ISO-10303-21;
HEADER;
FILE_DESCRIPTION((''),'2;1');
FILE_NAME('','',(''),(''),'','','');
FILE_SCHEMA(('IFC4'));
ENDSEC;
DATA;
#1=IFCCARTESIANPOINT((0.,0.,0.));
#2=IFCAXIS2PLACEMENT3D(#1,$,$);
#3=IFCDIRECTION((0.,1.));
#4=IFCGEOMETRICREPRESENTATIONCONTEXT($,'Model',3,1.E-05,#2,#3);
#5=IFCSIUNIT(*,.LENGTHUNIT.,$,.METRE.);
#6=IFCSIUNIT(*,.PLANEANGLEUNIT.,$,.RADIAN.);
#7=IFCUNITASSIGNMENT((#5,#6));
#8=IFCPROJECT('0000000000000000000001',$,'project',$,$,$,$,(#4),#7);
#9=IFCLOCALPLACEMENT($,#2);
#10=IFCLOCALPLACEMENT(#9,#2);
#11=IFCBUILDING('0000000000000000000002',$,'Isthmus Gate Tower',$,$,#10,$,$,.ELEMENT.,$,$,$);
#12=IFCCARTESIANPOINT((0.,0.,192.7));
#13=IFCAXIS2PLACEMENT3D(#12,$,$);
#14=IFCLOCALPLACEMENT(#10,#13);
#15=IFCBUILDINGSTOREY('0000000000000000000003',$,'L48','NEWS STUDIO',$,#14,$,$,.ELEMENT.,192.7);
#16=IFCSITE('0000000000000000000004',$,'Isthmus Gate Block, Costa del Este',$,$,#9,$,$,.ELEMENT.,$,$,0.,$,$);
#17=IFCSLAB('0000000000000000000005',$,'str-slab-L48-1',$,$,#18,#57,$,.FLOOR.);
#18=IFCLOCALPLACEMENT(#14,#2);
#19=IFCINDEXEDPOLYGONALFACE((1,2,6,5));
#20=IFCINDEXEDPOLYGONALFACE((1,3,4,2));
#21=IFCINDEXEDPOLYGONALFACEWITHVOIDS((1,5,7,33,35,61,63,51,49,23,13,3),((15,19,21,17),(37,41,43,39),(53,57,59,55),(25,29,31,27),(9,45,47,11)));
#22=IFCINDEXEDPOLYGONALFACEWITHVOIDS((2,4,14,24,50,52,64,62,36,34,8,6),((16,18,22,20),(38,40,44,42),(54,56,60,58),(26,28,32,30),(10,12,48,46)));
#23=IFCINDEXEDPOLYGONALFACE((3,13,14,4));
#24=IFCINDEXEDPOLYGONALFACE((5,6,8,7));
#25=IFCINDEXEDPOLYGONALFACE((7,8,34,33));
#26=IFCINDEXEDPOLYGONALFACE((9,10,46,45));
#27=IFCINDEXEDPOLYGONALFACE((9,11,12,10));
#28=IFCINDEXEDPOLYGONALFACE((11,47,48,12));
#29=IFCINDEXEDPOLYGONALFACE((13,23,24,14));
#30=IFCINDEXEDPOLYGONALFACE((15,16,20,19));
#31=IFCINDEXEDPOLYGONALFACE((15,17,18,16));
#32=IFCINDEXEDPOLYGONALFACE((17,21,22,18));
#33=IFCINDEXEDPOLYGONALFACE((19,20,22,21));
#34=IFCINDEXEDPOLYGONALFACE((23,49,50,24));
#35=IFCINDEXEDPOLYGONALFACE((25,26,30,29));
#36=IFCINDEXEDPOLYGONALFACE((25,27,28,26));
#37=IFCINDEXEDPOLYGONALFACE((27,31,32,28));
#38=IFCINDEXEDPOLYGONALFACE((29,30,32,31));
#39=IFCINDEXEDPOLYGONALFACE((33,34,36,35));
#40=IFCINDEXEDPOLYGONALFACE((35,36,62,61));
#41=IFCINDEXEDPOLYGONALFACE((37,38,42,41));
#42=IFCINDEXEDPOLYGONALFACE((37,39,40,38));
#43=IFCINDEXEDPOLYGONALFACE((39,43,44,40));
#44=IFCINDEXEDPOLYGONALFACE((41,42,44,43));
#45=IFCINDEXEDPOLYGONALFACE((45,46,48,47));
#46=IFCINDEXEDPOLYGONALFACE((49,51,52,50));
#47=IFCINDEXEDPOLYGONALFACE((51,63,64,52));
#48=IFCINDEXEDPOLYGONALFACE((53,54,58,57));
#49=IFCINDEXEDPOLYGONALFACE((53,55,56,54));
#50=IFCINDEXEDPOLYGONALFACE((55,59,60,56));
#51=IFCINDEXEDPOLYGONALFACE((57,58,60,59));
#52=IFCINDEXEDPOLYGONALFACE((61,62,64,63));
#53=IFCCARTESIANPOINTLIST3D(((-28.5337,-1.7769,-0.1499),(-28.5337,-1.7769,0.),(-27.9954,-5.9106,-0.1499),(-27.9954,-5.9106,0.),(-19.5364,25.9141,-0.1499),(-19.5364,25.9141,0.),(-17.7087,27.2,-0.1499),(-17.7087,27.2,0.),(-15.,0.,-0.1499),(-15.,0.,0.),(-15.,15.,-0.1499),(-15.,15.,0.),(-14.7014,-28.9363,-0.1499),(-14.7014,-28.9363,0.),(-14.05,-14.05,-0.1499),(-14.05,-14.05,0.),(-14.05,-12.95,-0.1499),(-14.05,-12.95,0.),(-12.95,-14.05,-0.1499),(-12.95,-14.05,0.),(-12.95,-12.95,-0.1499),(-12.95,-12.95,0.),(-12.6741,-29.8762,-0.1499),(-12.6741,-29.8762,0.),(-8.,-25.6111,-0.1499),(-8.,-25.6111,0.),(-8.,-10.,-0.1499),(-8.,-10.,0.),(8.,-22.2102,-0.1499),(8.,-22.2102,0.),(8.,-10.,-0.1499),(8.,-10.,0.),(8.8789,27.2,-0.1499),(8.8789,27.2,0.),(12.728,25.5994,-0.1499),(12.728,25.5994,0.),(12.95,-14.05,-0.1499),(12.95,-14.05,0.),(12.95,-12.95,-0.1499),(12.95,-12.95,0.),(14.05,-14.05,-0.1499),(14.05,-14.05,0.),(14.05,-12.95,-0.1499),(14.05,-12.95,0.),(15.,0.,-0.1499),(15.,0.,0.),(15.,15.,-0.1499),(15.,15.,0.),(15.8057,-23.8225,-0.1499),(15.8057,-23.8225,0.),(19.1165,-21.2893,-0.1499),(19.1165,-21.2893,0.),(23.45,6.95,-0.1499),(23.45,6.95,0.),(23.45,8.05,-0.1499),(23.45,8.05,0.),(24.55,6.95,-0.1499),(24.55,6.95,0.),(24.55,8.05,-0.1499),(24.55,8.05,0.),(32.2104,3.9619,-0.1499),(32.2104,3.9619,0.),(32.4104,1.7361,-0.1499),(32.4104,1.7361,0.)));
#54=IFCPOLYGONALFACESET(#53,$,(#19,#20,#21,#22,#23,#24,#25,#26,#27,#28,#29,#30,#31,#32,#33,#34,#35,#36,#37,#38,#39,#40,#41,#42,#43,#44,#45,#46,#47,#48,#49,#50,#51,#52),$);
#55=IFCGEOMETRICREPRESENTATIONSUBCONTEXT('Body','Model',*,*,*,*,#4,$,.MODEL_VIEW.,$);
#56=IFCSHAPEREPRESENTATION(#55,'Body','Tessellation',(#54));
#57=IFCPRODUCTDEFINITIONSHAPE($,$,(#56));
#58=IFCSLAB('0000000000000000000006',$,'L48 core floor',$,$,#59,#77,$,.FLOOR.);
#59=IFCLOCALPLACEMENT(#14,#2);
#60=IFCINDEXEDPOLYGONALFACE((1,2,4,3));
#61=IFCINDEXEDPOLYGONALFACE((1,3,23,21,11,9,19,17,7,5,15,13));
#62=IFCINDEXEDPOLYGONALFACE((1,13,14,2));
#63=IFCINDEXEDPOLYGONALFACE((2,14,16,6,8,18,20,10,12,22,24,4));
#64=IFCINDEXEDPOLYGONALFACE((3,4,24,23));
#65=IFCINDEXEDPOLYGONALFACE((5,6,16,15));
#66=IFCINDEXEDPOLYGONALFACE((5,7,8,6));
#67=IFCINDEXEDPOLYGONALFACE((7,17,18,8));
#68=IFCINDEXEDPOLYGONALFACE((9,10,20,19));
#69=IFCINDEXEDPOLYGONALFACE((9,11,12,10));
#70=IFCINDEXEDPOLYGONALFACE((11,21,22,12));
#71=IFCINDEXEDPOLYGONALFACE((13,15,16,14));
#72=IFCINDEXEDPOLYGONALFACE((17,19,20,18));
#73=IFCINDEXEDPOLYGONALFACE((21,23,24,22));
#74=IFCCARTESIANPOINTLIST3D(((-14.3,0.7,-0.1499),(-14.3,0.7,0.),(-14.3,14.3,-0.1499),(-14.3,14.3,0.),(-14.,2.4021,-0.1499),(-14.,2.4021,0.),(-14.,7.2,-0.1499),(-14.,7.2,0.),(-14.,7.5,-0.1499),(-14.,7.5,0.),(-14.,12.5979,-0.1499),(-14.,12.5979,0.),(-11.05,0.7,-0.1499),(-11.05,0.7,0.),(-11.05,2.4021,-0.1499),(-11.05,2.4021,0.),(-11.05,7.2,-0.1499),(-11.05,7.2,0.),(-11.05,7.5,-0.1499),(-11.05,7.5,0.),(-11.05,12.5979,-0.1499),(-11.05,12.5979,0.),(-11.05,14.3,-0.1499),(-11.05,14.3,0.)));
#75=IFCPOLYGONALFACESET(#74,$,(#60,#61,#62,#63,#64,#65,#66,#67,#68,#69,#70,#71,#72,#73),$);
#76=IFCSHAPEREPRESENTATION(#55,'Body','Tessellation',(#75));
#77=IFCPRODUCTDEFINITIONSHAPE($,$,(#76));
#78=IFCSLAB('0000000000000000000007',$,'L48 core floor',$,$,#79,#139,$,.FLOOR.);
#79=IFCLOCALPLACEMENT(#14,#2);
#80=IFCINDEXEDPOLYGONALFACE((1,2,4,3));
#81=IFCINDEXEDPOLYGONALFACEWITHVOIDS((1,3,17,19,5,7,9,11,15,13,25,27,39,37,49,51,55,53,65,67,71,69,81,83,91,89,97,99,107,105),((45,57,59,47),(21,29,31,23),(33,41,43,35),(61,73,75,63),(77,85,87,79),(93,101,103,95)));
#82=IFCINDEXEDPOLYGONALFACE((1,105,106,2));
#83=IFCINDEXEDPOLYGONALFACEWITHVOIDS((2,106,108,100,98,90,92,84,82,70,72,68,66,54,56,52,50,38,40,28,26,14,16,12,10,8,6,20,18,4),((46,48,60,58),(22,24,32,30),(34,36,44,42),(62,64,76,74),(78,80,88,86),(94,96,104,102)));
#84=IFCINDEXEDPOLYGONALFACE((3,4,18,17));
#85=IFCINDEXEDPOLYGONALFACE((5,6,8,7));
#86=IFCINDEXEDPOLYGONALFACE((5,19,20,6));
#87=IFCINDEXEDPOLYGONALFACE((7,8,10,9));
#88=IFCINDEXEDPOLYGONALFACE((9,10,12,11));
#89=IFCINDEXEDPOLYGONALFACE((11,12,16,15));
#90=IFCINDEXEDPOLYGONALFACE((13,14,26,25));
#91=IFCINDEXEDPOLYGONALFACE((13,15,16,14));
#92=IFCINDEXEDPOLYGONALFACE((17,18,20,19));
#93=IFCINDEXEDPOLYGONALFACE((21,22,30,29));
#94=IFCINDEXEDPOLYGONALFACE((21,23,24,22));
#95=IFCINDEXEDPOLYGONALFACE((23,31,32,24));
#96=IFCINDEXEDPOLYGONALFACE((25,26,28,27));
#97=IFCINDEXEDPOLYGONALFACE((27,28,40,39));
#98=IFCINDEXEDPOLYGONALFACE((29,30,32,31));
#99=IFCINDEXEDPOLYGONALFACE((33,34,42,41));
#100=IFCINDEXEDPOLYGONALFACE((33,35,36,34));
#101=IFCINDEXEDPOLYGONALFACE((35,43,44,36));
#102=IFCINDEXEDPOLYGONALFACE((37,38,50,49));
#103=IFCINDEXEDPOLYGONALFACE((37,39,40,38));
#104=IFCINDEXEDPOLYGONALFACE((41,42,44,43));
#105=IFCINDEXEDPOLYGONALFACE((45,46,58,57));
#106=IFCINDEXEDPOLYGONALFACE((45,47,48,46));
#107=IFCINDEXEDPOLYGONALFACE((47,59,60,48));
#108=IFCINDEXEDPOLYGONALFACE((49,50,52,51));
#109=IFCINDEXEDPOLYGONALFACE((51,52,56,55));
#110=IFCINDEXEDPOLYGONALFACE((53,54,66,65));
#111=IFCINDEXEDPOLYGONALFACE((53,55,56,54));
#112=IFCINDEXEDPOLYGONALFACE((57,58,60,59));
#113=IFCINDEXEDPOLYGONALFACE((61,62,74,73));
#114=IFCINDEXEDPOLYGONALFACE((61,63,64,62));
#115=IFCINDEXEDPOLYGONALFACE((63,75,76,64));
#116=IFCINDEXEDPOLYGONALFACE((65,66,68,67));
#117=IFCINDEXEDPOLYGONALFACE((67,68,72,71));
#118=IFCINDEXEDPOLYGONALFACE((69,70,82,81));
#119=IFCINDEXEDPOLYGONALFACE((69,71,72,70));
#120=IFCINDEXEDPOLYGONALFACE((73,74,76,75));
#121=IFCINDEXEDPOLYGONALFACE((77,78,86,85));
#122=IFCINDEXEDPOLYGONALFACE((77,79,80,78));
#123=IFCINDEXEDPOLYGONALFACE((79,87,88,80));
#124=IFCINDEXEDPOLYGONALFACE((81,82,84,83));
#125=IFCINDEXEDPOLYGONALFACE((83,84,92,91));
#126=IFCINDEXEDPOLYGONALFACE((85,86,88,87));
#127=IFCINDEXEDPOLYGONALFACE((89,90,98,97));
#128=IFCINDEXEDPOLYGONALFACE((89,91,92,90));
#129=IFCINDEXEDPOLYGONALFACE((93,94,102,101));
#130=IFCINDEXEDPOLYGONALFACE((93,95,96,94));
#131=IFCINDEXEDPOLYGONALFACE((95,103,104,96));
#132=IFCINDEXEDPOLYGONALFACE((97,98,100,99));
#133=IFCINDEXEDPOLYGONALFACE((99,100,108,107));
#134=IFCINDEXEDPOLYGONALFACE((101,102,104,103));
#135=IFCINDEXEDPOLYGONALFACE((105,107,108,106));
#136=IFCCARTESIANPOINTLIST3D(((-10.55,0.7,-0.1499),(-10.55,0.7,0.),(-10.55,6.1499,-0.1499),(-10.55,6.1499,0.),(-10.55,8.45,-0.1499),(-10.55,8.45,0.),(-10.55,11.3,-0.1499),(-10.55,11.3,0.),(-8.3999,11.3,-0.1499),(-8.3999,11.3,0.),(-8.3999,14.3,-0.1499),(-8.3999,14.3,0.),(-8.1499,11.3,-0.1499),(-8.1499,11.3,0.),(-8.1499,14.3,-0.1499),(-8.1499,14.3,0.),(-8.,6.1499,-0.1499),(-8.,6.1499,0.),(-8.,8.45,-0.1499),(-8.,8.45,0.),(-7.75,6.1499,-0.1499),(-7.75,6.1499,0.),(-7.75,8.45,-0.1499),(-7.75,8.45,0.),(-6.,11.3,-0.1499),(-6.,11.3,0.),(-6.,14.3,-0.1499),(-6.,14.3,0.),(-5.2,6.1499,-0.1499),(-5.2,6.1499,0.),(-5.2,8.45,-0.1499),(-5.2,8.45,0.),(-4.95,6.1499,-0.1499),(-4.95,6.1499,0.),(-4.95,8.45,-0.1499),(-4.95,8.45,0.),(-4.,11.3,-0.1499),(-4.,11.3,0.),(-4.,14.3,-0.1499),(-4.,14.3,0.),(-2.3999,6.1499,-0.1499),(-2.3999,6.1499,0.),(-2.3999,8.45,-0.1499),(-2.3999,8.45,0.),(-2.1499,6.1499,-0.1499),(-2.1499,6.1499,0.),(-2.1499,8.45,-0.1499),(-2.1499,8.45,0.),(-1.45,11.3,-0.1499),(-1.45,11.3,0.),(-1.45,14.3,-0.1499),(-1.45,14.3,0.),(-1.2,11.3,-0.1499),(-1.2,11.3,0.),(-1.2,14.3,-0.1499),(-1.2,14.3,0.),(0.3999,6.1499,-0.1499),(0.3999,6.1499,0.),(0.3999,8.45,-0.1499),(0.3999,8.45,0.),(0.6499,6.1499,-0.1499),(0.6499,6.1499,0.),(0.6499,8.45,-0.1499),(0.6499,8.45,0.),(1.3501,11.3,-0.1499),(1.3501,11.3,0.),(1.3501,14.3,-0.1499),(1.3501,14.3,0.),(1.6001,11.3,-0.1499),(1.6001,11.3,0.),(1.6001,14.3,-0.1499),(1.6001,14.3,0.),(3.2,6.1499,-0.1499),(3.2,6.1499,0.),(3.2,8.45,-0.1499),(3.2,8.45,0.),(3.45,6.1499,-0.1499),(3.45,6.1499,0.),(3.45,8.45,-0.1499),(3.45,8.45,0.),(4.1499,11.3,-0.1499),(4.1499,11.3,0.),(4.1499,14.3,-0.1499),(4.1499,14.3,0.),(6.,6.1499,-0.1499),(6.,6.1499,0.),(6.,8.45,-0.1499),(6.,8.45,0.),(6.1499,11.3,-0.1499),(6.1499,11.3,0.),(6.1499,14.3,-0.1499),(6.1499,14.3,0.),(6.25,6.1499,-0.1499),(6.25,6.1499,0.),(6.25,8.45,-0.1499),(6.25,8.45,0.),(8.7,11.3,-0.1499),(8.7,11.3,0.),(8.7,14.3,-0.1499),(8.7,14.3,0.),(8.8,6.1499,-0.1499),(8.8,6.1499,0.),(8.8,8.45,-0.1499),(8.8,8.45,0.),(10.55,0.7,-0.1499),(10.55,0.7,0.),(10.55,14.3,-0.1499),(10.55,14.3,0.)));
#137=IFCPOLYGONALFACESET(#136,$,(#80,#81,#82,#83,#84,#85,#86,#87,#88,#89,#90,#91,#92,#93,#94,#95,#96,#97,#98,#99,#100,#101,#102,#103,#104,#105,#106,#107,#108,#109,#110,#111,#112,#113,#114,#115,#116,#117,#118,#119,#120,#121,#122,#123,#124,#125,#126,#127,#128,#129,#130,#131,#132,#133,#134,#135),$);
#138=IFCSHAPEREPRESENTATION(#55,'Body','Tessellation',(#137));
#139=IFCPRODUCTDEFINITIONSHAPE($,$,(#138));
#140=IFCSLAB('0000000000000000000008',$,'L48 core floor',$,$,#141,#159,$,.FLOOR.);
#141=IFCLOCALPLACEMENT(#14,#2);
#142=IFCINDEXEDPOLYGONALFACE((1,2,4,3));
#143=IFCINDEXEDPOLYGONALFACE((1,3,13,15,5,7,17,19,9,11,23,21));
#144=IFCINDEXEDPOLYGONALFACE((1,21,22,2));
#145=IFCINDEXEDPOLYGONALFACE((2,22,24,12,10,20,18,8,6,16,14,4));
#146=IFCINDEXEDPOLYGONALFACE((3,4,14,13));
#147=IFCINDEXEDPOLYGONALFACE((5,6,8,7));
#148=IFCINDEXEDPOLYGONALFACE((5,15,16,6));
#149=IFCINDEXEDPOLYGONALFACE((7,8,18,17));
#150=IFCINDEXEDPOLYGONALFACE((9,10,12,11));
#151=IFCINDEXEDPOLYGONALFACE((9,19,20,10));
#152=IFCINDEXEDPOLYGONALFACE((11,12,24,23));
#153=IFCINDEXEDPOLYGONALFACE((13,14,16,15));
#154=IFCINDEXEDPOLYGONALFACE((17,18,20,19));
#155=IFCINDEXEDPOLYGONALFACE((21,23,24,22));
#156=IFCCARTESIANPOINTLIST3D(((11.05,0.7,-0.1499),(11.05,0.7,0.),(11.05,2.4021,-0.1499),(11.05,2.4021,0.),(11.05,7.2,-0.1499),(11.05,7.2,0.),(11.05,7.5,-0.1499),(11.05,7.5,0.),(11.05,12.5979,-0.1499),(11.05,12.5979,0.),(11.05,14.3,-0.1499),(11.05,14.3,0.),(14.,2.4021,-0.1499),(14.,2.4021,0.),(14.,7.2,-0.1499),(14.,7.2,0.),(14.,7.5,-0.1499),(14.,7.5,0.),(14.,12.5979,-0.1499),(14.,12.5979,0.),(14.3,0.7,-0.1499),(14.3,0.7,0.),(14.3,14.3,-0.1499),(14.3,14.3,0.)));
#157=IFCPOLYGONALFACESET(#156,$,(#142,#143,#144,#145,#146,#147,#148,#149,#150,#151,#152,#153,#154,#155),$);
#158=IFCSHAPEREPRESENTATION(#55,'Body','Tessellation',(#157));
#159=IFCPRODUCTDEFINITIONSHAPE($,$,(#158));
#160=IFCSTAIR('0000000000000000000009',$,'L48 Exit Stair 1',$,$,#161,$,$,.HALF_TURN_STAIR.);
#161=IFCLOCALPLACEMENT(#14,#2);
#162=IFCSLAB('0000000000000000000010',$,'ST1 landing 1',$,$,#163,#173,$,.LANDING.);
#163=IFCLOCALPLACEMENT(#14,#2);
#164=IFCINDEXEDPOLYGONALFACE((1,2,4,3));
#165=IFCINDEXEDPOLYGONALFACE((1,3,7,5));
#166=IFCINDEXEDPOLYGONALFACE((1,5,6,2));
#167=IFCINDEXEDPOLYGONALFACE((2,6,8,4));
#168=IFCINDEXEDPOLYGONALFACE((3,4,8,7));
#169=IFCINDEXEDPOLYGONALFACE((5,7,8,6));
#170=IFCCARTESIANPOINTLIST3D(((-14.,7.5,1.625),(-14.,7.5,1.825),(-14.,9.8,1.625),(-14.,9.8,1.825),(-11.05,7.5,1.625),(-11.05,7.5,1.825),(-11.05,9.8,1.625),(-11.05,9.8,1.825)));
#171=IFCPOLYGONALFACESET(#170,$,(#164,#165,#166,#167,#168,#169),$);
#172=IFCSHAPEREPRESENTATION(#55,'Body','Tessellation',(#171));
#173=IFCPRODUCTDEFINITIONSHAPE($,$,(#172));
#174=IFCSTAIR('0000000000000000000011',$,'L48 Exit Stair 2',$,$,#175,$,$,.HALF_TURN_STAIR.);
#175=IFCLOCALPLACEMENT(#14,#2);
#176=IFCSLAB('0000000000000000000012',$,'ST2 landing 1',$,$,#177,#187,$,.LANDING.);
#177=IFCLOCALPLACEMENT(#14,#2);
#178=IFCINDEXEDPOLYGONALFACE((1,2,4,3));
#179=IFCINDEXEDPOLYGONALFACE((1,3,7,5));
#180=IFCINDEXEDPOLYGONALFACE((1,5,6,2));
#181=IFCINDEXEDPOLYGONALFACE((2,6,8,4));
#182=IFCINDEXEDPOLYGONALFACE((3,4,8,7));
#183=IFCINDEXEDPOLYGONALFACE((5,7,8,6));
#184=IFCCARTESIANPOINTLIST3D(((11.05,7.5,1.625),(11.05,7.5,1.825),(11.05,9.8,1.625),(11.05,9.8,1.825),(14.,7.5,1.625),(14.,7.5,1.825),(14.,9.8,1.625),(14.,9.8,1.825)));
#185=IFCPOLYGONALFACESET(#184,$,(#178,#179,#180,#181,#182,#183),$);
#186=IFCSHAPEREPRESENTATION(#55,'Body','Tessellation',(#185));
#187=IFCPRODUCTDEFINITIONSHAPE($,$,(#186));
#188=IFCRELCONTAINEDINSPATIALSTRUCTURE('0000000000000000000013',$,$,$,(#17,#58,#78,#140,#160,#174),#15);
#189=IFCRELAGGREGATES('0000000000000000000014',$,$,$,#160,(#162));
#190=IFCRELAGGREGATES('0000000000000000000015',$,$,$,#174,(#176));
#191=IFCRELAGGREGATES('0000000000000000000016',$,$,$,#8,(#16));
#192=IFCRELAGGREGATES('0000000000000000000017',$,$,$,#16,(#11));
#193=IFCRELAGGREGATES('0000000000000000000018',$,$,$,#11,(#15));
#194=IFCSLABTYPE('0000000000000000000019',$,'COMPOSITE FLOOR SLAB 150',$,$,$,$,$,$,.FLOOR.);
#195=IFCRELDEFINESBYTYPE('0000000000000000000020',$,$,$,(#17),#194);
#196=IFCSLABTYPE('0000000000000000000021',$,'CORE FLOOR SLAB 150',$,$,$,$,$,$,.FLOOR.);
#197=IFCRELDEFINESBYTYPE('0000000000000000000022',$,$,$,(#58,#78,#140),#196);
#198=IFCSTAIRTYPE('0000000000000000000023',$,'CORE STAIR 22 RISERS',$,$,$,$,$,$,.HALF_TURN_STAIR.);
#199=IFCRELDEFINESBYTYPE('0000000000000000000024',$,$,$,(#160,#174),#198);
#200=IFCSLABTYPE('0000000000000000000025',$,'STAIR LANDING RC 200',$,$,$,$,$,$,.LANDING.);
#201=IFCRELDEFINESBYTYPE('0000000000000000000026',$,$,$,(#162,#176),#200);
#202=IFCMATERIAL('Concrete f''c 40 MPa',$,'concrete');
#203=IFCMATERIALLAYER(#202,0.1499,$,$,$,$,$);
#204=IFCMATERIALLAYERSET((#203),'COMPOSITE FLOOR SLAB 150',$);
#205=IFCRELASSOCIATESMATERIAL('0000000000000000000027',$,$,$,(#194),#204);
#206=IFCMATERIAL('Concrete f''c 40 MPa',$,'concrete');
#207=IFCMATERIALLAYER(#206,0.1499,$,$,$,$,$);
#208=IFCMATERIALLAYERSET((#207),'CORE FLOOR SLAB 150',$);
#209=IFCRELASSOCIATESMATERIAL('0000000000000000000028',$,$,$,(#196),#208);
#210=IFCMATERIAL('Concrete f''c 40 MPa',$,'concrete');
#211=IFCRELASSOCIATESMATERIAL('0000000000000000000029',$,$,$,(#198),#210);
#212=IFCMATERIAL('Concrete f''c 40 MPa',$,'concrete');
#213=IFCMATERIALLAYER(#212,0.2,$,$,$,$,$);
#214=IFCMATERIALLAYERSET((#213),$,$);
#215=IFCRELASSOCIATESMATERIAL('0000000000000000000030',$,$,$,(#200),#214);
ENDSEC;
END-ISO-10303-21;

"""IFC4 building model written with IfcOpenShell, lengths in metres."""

from ifc_helpers import new_model, si_unit, direction, frame, origin, place, context, subcontext, project, spatial, polyline, outline, extrude, material, layer, layer_set, type_object, element, aggregate, save


model = new_model("IFC4")

# Units and contexts
model_context = context("Model", 3, precision=1e-05, world=origin(), true_north=direction((0.0, 1.0)))
body_context = subcontext(model_context, "Body", "Model", "MODEL_VIEW")
ifc_project = project(units=[si_unit("LENGTHUNIT", "METRE"), si_unit("PLANEANGLEUNIT", "RADIAN")], contexts=[model_context])

# Site, building, storey
site_placement = place(None, origin())
site = spatial("IfcSite", under=ifc_project, at=site_placement, Name="Isthmus Gate Block, Costa del Este", CompositionType="ELEMENT", RefElevation=0.0)
building_placement = place(site_placement, origin())
building = spatial("IfcBuilding", under=site, at=building_placement, Name="Isthmus Gate Tower", CompositionType="ELEMENT")
storey_placement = place(building_placement, frame((0.0, 0.0, 192.7)))
storey = spatial("IfcBuildingStorey", under=building, at=storey_placement, Name="L48", Description="NEWS STUDIO", CompositionType="ELEMENT", Elevation=192.7)

# Slabs
ifc_material_1 = material(Name="Concrete f'c 40 MPa", Category="concrete")
ifc_layer_1 = layer(ifc_material_1, 0.1499)
ifc_layer_set_1 = layer_set([ifc_layer_1], Name="COMPOSITE FLOOR SLAB 150")
slab_type_1 = type_object("IfcSlabType", Name="COMPOSITE FLOOR SLAB 150", PredefinedType="FLOOR", material=ifc_layer_set_1)
slab_1_placement = place(storey_placement, frame((0.0, 0.0, -0.1499)))
element("IfcSlab", 1, at=slab_1_placement, inside=storey, type_object=slab_type_1, Name="str-slab-L48-1", PredefinedType="FLOOR", context=body_context, shape_type="SweptSolid", body=[
    extrude(outline(polyline([(12.728, 25.5994), (32.2104, 3.9619), (32.4104, 1.7361), (19.1165, -21.2893), (15.8057, -23.8225), (-12.6741, -29.8762), (-14.7014, -28.9363), (-27.9954, -5.9106), (-28.5337, -1.7769), (-19.5364, 25.9141), (-17.7087, 27.2), (8.8789, 27.2), (12.728, 25.5994)]), holes=[polyline([(-8.0, -10.0), (-8.0, -25.6111), (8.0, -22.2102), (8.0, -10.0), (-8.0, -10.0)]), polyline([(-14.05, -12.95), (-14.05, -14.05), (-12.95, -14.05), (-12.95, -12.95), (-14.05, -12.95)]), polyline([(14.05, -12.95), (12.95, -12.95), (12.95, -14.05), (14.05, -14.05), (14.05, -12.95)]), polyline([(-15.0, 15.0), (-15.0, 0.0), (15.0, 0.0), (15.0, 15.0), (-15.0, 15.0)]), polyline([(24.55, 6.95), (24.55, 8.05), (23.45, 8.05), (23.45, 6.95), (24.55, 6.95)])]), origin(), (0.0, 0.0, 1.0), 0.1499),
])
ifc_material_2 = material(Name="Concrete f'c 40 MPa", Category="concrete")
ifc_layer_2 = layer(ifc_material_2, 0.1499)
ifc_layer_set_2 = layer_set([ifc_layer_2], Name="CORE FLOOR SLAB 150")
slab_type_2 = type_object("IfcSlabType", Name="CORE FLOOR SLAB 150", PredefinedType="FLOOR", material=ifc_layer_set_2)
slab_2_placement = place(storey_placement, frame((0.0, 0.0, -0.1499)))
element("IfcSlab", 2, at=slab_2_placement, inside=storey, type_object=slab_type_2, Name="L48 core floor", PredefinedType="FLOOR", context=body_context, shape_type="SweptSolid", body=[
    extrude(outline(polyline([(-11.05, 0.7), (-11.05, 2.4021), (-14.0, 2.4021), (-14.0, 7.2), (-11.05, 7.2), (-11.05, 7.5), (-14.0, 7.5), (-14.0, 12.5979), (-11.05, 12.5979), (-11.05, 14.3), (-14.3, 14.3), (-14.3, 0.7), (-11.05, 0.7)])), origin(), (0.0, 0.0, 1.0), 0.1499),
])
slab_3_placement = place(storey_placement, frame((0.0, 0.0, -0.1499)))
element("IfcSlab", 3, at=slab_3_placement, inside=storey, type_object=slab_type_2, Name="L48 core floor", PredefinedType="FLOOR", context=body_context, shape_type="SweptSolid", body=[
    extrude(outline(polyline([(10.55, 14.3), (8.7, 14.3), (8.7, 11.3), (6.1499, 11.3), (6.1499, 14.3), (4.1499, 14.3), (4.1499, 11.3), (1.6001, 11.3), (1.6001, 14.3), (1.3501, 14.3), (1.3501, 11.3), (-1.2, 11.3), (-1.2, 14.3), (-1.45, 14.3), (-1.45, 11.3), (-4.0, 11.3), (-4.0, 14.3), (-6.0, 14.3), (-6.0, 11.3), (-8.1499, 11.3), (-8.1499, 14.3), (-8.3999, 14.3), (-8.3999, 11.3), (-10.55, 11.3), (-10.55, 8.45), (-8.0, 8.45), (-8.0, 6.1499), (-10.55, 6.1499), (-10.55, 0.7), (10.55, 0.7), (10.55, 14.3)]), holes=[polyline([(-5.2, 8.45), (-5.2, 6.1499), (-7.75, 6.1499), (-7.75, 8.45), (-5.2, 8.45)]), polyline([(-2.3999, 8.45), (-2.3999, 6.1499), (-4.95, 6.1499), (-4.95, 8.45), (-2.3999, 8.45)]), polyline([(0.3999, 8.45), (0.3999, 6.1499), (-2.1499, 6.1499), (-2.1499, 8.45), (0.3999, 8.45)]), polyline([(3.2, 8.45), (3.2, 6.1499), (0.6499, 6.1499), (0.6499, 8.45), (3.2, 8.45)]), polyline([(6.0, 8.45), (6.0, 6.1499), (3.45, 6.1499), (3.45, 8.45), (6.0, 8.45)]), polyline([(8.8, 8.45), (8.8, 6.1499), (6.25, 6.1499), (6.25, 8.45), (8.8, 8.45)])]), origin(), (0.0, 0.0, 1.0), 0.1499),
])
slab_4_placement = place(storey_placement, frame((0.0, 0.0, -0.1499)))
element("IfcSlab", 4, at=slab_4_placement, inside=storey, type_object=slab_type_2, Name="L48 core floor", PredefinedType="FLOOR", context=body_context, shape_type="SweptSolid", body=[
    extrude(outline(polyline([(11.05, 14.3), (11.05, 12.5979), (14.0, 12.5979), (14.0, 7.5), (11.05, 7.5), (11.05, 7.2), (14.0, 7.2), (14.0, 2.4021), (11.05, 2.4021), (11.05, 0.7), (14.3, 0.7), (14.3, 14.3), (11.05, 14.3)])), origin(), (0.0, 0.0, 1.0), 0.1499),
])

# Stairs, slabs
ifc_material_3 = material(Name="Concrete f'c 40 MPa", Category="concrete")
stair_type = type_object("IfcStairType", Name="CORE STAIR 22 RISERS", PredefinedType="HALF_TURN_STAIR", material=ifc_material_3)
stair_1_placement = place(storey_placement, origin())
stair_1 = element("IfcStair", 5, at=stair_1_placement, inside=storey, type_object=stair_type, Name="L48 Exit Stair 1", PredefinedType="HALF_TURN_STAIR")
ifc_material_4 = material(Name="Concrete f'c 40 MPa", Category="concrete")
ifc_layer_3 = layer(ifc_material_4, 0.2)
ifc_layer_set_3 = layer_set([ifc_layer_3])
slab_type_3 = type_object("IfcSlabType", Name="STAIR LANDING RC 200", PredefinedType="LANDING", material=ifc_layer_set_3)
slab_5_placement = place(storey_placement, frame((0.0, 0.0, 1.625)))
slab_5 = element("IfcSlab", 6, at=slab_5_placement, type_object=slab_type_3, Name="ST1 landing 1", PredefinedType="LANDING", context=body_context, shape_type="SweptSolid", body=[
    extrude(outline(polyline([(-14.0, 9.8), (-14.0, 7.5), (-11.05, 7.5), (-11.05, 9.8), (-14.0, 9.8)])), origin(), (0.0, 0.0, 1.0), 0.2),
])
aggregate(stair_1, [slab_5])
stair_2_placement = place(storey_placement, origin())
stair_2 = element("IfcStair", 7, at=stair_2_placement, inside=storey, type_object=stair_type, Name="L48 Exit Stair 2", PredefinedType="HALF_TURN_STAIR")
slab_6_placement = place(storey_placement, frame((0.0, 0.0, 1.625)))
slab_6 = element("IfcSlab", 8, at=slab_6_placement, type_object=slab_type_3, Name="ST2 landing 1", PredefinedType="LANDING", context=body_context, shape_type="SweptSolid", body=[
    extrude(outline(polyline([(11.05, 9.8), (11.05, 7.5), (14.0, 7.5), (14.0, 9.8), (11.05, 9.8)])), origin(), (0.0, 0.0, 1.0), 0.2),
])
aggregate(stair_2, [slab_6])

save(model, "model.ifc")
